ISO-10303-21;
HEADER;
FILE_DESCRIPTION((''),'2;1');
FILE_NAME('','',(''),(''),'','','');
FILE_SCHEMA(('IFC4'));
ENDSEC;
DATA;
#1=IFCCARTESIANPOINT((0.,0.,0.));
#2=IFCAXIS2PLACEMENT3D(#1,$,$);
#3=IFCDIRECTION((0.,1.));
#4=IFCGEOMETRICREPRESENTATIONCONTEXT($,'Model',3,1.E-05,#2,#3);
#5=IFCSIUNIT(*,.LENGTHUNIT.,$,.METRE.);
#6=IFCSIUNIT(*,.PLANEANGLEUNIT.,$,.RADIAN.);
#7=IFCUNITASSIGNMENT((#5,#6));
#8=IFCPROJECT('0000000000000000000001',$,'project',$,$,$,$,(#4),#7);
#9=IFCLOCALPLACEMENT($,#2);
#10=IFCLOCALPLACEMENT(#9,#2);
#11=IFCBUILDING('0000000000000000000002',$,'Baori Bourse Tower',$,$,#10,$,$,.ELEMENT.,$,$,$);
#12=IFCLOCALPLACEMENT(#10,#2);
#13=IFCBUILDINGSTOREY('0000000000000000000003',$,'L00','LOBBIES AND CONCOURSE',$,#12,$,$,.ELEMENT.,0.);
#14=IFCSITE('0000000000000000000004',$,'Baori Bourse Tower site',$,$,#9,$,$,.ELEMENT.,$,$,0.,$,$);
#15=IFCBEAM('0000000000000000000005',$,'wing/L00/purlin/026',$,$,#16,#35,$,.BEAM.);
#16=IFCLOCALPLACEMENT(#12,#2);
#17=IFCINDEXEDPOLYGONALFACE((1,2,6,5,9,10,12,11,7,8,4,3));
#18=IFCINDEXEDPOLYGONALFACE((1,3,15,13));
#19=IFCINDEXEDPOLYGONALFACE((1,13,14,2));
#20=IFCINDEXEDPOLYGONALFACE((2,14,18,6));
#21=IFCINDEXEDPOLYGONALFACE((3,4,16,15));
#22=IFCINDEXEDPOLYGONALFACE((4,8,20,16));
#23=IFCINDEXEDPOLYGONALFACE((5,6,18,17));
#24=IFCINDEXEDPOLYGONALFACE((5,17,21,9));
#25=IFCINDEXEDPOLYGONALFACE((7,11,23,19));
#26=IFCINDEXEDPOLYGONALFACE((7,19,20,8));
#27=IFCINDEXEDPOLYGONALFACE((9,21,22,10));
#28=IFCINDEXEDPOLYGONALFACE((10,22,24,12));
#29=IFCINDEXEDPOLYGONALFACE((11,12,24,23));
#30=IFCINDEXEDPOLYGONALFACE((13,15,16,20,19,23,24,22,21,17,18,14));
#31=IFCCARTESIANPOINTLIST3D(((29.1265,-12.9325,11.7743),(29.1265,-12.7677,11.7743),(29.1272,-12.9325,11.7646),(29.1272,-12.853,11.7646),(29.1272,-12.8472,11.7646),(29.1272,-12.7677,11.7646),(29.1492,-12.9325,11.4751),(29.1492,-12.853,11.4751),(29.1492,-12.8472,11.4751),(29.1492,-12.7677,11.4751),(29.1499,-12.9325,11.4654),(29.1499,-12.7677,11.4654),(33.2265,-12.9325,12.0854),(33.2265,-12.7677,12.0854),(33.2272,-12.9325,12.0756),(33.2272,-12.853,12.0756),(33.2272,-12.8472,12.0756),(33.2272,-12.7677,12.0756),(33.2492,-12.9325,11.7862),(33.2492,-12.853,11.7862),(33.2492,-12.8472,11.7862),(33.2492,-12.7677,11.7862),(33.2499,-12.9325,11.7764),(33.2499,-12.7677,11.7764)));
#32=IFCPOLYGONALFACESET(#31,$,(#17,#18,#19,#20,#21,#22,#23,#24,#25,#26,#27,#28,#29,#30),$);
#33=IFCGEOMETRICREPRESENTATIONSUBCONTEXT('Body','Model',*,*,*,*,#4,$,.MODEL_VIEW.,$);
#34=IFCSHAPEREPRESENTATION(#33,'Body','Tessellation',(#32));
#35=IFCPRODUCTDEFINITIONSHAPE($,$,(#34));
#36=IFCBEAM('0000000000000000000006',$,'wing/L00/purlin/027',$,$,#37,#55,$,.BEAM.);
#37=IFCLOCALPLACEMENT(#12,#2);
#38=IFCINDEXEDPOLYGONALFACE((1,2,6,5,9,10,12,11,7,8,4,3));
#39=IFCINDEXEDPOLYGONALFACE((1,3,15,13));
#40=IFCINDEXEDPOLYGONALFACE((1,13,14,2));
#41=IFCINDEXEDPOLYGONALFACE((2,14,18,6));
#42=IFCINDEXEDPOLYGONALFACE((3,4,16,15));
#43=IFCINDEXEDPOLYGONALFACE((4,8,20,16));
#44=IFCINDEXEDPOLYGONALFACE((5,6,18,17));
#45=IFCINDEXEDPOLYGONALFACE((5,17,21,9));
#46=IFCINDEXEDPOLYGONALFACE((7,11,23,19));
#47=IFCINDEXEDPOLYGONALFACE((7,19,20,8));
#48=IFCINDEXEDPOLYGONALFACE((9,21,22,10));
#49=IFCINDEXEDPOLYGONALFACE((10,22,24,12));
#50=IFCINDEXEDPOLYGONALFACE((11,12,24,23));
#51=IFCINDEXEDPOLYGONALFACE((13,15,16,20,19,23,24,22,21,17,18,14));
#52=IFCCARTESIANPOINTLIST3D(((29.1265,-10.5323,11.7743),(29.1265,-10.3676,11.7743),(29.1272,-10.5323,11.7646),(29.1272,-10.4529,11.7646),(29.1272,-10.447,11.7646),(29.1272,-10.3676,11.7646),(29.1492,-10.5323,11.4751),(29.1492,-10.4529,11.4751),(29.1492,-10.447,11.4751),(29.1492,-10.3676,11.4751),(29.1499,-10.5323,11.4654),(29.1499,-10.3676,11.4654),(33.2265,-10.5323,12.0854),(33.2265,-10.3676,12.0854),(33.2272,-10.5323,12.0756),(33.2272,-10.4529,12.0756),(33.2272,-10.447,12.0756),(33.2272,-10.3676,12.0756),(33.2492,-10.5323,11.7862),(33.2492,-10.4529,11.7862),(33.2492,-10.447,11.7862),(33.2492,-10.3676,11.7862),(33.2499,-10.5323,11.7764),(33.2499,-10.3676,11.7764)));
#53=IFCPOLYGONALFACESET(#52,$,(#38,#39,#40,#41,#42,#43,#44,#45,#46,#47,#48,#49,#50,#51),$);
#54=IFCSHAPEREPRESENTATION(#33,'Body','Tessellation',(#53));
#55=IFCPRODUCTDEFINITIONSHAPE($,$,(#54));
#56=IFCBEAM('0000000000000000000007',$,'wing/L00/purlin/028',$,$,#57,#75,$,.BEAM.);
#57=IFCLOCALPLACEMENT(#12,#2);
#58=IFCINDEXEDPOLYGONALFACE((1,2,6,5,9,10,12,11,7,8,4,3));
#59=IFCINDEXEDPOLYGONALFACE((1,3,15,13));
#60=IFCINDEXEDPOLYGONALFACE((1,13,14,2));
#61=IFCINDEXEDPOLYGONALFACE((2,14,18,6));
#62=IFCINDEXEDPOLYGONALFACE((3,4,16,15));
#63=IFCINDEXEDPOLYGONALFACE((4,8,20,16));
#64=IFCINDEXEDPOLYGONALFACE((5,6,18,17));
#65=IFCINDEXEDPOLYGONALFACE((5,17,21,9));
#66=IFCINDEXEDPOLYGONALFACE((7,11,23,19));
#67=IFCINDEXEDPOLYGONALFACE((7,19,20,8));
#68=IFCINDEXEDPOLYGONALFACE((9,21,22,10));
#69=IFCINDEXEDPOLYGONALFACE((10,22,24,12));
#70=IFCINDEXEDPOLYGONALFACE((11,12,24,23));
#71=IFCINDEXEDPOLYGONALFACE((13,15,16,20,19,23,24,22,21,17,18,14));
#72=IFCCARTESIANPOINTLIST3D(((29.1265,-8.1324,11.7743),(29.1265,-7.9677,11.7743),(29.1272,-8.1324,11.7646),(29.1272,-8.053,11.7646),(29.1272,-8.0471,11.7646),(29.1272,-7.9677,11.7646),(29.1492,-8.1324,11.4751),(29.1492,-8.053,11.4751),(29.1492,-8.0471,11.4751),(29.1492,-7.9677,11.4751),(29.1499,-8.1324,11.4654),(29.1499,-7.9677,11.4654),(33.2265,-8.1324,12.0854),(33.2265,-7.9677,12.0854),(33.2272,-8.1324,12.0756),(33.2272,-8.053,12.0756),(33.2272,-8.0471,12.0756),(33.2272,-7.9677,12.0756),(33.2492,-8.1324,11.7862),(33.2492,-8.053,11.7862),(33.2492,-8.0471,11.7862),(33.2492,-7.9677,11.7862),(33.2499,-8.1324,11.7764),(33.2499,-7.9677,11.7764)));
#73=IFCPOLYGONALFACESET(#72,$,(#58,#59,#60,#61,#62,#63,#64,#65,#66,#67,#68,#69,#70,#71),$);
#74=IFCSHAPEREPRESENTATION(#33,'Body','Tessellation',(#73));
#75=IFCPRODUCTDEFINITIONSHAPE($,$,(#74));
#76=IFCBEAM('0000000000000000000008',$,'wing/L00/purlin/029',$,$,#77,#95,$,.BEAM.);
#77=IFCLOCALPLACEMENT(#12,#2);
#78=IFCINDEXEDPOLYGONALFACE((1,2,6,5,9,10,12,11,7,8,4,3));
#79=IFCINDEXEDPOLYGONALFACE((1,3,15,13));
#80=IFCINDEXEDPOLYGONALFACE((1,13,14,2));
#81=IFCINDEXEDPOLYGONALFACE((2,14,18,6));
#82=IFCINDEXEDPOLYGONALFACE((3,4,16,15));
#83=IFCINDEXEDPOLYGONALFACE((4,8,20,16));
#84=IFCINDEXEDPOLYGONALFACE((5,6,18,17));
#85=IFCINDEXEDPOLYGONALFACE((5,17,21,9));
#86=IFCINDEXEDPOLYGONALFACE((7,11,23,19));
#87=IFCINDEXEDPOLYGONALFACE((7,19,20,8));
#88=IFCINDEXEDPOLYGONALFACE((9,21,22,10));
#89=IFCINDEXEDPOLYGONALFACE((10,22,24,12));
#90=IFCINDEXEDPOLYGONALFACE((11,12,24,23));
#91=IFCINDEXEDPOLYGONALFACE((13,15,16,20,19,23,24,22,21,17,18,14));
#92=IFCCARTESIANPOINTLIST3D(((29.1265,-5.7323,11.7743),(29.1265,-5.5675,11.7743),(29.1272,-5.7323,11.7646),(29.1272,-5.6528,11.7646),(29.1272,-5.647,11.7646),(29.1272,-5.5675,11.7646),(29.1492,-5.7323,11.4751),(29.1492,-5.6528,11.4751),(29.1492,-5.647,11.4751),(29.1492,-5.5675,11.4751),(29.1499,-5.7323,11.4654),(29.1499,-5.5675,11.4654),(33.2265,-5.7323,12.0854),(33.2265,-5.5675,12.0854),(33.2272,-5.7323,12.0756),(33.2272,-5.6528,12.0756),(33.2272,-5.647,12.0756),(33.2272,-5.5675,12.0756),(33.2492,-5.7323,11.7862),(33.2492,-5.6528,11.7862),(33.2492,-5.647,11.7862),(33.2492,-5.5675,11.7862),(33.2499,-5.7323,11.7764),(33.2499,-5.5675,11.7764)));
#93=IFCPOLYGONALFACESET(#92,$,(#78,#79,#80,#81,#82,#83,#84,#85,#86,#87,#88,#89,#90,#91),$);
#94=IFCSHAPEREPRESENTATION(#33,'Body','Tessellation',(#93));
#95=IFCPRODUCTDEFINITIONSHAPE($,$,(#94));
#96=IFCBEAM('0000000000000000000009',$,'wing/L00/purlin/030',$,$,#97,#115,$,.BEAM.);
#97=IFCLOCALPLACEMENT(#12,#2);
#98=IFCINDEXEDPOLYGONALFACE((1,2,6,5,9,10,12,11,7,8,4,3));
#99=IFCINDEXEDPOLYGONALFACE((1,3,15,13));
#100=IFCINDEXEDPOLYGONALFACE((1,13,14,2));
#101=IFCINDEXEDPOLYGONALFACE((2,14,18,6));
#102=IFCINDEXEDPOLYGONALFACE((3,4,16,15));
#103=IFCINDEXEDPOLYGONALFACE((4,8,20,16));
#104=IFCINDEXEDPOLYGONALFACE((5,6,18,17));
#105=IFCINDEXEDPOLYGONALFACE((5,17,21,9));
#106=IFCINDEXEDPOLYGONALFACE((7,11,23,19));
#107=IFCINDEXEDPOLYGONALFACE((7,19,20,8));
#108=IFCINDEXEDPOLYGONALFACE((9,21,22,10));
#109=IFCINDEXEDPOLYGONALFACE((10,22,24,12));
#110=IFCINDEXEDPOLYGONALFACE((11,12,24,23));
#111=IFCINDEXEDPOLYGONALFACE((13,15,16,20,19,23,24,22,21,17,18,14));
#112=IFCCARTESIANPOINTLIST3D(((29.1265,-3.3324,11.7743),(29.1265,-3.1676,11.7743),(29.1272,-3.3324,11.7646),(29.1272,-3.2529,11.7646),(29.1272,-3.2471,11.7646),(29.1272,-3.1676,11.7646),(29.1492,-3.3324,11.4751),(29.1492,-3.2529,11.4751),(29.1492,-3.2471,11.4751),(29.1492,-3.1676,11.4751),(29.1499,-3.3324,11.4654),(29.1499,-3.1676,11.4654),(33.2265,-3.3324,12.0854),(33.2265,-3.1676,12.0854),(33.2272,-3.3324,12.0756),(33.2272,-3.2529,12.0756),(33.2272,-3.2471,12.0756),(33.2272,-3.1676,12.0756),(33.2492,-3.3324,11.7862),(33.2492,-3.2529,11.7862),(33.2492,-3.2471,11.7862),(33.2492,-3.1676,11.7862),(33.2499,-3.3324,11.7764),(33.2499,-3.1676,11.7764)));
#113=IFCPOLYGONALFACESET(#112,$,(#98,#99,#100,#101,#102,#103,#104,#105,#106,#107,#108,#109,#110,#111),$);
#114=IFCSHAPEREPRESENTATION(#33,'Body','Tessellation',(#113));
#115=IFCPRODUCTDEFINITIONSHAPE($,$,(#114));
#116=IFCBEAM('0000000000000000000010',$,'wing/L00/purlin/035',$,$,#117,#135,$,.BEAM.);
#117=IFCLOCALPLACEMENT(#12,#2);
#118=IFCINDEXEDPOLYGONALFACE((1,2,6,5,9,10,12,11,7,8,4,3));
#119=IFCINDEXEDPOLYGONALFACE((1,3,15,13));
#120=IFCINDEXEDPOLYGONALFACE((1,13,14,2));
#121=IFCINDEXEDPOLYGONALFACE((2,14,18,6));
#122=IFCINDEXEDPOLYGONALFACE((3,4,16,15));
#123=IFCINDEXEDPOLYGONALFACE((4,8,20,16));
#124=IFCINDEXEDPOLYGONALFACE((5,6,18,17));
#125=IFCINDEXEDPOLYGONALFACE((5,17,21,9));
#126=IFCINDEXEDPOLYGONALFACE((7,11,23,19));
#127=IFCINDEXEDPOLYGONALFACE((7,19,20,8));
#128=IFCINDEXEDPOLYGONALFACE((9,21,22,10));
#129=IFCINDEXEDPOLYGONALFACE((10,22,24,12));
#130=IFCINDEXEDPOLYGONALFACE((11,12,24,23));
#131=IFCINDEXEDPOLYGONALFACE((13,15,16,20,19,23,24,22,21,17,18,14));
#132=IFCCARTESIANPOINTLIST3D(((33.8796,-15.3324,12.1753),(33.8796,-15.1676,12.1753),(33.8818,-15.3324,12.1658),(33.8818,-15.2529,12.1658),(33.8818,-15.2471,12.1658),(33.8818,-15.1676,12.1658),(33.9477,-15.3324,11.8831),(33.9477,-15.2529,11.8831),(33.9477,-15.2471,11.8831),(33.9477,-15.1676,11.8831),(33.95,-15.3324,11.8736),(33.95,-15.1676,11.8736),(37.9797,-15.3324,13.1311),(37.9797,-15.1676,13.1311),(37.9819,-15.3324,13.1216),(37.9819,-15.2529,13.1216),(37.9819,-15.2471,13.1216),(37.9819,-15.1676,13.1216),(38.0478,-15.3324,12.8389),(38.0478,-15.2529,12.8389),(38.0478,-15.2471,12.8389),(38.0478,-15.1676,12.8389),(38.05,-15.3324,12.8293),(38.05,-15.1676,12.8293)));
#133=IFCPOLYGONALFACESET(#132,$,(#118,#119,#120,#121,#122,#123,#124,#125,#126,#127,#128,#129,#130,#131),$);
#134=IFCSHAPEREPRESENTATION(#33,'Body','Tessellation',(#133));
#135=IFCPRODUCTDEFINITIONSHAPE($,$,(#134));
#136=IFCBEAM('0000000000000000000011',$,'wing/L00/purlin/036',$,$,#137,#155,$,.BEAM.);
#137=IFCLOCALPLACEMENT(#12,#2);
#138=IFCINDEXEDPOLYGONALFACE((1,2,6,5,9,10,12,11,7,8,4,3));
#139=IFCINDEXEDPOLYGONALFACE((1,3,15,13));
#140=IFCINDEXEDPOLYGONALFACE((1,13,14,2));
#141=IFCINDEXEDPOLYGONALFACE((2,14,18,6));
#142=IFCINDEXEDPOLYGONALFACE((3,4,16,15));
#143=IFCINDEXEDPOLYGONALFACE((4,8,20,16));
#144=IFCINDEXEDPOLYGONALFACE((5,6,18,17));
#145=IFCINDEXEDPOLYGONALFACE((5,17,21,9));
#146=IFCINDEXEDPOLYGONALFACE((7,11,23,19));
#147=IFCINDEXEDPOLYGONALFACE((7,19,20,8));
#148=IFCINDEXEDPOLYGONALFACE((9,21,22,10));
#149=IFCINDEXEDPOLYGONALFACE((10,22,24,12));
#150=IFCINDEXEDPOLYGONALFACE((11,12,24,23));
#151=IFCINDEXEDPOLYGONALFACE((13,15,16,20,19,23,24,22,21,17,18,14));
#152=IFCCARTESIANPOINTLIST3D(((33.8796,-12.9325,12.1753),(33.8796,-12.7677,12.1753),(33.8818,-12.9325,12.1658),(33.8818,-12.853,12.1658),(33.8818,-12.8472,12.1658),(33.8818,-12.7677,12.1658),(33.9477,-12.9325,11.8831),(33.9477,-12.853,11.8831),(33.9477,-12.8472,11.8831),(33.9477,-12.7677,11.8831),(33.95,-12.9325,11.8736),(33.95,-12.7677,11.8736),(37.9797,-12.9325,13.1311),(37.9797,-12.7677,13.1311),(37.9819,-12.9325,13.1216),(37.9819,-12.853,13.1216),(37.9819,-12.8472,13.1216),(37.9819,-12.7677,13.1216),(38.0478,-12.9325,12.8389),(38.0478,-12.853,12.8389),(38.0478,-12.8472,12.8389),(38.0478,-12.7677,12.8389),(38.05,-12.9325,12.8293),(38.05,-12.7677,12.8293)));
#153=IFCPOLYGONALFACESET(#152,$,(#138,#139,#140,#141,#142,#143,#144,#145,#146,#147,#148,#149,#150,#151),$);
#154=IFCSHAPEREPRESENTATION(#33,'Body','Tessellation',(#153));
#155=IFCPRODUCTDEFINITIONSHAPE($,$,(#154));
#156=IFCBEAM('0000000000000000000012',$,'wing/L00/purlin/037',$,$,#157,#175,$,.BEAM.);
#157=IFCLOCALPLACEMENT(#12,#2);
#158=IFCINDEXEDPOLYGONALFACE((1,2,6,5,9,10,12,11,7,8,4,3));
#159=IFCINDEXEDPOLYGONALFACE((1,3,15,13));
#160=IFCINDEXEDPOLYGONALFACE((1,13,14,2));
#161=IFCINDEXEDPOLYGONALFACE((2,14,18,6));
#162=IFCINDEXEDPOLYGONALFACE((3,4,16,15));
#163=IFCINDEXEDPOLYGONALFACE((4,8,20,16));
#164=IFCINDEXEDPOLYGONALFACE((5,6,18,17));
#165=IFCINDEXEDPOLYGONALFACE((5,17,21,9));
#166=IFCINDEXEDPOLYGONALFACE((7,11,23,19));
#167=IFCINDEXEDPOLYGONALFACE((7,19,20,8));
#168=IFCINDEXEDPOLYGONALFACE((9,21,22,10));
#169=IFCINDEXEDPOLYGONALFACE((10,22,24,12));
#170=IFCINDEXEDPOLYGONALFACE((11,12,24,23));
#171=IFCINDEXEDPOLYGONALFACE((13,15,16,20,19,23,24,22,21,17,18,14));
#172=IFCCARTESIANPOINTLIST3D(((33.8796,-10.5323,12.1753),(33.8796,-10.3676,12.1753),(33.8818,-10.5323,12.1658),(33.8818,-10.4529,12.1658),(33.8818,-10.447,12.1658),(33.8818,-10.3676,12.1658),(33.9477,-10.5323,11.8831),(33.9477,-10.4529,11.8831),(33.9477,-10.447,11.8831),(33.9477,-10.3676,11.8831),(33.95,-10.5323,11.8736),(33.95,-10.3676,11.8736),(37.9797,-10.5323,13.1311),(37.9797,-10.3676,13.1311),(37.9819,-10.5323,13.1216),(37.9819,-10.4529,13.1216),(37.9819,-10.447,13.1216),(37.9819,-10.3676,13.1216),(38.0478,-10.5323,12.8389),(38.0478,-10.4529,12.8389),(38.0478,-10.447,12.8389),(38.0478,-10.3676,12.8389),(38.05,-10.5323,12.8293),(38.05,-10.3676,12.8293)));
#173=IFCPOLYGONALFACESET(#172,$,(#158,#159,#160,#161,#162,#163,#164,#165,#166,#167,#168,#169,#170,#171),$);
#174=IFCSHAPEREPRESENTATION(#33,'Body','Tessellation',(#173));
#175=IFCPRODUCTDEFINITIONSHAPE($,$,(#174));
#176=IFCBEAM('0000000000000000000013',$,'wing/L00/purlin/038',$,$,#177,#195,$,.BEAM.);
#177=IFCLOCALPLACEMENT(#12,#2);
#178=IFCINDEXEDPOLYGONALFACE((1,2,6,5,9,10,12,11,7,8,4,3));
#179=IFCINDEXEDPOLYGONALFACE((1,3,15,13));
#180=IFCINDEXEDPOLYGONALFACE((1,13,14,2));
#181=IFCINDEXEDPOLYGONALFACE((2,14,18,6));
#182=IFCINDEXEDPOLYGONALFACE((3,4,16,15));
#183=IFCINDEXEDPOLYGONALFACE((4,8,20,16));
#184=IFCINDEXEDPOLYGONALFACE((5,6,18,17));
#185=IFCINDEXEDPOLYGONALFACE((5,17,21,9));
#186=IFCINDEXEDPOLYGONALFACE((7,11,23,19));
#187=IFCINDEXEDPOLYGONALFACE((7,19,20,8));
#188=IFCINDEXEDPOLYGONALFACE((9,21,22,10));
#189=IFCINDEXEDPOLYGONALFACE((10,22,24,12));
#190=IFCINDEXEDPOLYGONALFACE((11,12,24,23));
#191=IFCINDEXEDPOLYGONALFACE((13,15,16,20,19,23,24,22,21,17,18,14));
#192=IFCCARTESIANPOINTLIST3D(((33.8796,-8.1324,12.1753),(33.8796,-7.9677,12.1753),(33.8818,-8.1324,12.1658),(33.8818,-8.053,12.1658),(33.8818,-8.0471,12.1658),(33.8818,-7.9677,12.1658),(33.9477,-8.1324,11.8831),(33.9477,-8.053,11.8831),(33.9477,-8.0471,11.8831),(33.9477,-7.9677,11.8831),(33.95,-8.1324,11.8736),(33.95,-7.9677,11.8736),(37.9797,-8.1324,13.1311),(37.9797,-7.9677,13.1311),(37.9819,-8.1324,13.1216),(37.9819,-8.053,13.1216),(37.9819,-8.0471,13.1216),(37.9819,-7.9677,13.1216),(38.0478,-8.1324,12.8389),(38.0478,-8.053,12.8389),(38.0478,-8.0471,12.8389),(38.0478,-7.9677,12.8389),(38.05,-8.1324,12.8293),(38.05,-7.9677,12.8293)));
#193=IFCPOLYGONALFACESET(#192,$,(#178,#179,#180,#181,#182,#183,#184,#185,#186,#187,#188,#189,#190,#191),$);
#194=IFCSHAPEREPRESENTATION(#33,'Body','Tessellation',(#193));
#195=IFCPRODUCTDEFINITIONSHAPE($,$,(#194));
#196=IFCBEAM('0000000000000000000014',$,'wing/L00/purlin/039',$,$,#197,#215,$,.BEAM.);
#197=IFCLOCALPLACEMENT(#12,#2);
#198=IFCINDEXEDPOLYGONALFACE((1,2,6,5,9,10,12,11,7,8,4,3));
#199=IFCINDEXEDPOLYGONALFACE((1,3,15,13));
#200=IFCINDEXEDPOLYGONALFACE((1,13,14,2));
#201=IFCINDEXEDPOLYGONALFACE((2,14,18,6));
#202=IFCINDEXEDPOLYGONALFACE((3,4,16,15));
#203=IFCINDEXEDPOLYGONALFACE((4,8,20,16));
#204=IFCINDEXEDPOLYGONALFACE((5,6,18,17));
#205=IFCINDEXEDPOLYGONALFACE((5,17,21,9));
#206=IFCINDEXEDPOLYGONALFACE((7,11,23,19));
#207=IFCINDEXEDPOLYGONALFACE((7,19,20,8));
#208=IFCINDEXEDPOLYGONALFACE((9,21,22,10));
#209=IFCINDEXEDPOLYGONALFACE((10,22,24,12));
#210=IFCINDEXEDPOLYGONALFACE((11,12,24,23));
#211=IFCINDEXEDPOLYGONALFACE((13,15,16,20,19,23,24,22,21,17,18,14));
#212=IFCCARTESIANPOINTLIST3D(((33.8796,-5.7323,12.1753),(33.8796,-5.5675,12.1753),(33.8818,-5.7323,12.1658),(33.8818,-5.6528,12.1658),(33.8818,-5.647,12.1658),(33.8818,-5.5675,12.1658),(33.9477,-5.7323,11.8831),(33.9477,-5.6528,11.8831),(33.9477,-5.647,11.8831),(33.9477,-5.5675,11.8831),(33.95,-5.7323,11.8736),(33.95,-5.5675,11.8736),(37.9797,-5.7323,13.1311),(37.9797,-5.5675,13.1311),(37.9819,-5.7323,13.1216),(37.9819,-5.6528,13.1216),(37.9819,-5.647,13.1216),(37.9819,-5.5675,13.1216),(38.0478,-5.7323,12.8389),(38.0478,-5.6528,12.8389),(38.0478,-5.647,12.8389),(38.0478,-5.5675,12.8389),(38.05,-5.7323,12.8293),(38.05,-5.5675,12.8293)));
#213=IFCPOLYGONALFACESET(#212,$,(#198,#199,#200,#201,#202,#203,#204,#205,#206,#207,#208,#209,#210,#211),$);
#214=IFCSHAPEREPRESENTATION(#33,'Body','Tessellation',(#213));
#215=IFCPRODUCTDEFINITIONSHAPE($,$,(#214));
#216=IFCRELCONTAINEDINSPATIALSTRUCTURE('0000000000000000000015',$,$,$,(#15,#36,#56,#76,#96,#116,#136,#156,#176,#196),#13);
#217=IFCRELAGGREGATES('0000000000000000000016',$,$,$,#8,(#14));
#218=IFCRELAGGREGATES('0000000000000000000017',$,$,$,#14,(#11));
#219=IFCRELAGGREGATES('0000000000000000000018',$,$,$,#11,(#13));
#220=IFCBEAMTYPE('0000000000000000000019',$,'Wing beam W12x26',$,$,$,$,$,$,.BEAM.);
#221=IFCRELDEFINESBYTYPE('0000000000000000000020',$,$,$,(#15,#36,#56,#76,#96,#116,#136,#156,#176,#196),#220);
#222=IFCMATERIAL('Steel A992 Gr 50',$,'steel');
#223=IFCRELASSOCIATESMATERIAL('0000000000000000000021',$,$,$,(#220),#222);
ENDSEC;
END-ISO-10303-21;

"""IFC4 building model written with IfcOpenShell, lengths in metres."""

from ifc_helpers import new_model, si_unit, direction, frame, origin, origin_2d, place, context, subcontext, project, spatial, i_section, extrude, material, material_profile, profile_set, type_object, element, save


model = new_model("IFC4")

# Units and contexts
model_context = context("Model", 3, precision=1e-05, world=origin(), true_north=direction((0.0, 1.0)))
body_context = subcontext(model_context, "Body", "Model", "MODEL_VIEW")
ifc_project = project(units=[si_unit("LENGTHUNIT", "METRE"), si_unit("PLANEANGLEUNIT", "RADIAN")], contexts=[model_context])

# Site, building, storey
site_placement = place(None, origin())
site = spatial("IfcSite", under=ifc_project, at=site_placement, Name="Baori Bourse Tower site", CompositionType="ELEMENT", RefElevation=0.0)
building_placement = place(site_placement, origin())
building = spatial("IfcBuilding", under=site, at=building_placement, Name="Baori Bourse Tower", CompositionType="ELEMENT")
storey_placement = place(building_placement, origin())
storey = spatial("IfcBuildingStorey", under=building, at=storey_placement, Name="L00", Description="LOBBIES AND CONCOURSE", CompositionType="ELEMENT", Elevation=0.0)

# Beams
ifc_material_1 = material(Name="Steel A992 Gr 50", Category="steel")
ifc_material_profile_1 = material_profile(ifc_material_1, i_section(OverallWidth=0.1648, OverallDepth=0.3098, WebThickness=0.0059, FlangeThickness=0.0098, at=origin_2d()), Name="W12x26")
ifc_profile_set_1 = profile_set([ifc_material_profile_1], Name="Steel A992 Gr 50")
beam_type = type_object("IfcBeamType", Name="Wing beam W12x26", PredefinedType="BEAM", material=ifc_profile_set_1)
for number, where, z_axis, x_axis, name in (
    (1, (29.1382, -12.8501, 11.6199), (0.997135, 0.0, 0.075643), (0.0, 1.0, 0.0), "wing/L00/purlin/026"),
    (2, (29.1382, -10.45, 11.6199), (0.997135, 0.0, 0.075643), (0.0, 1.0, 0.0), "wing/L00/purlin/027"),
    (3, (29.1382, -8.05, 11.6199), (0.997135, 0.0, 0.075643), (0.0, 1.0, 0.0), "wing/L00/purlin/028"),
    (4, (29.1382, -5.6499, 11.6199), (0.997135, 0.0, 0.075643), (0.0, 1.0, 0.0), "wing/L00/purlin/029"),
    (5, (29.1382, -3.25, 11.6199), (0.997135, 0.0, 0.075643), (0.0, 1.0, 0.0), "wing/L00/purlin/030"),
):
    element("IfcBeam", number, at=place(storey_placement, frame(where, z_axis=z_axis, x_axis=x_axis)), inside=storey, type_object=beam_type, Name=name, PredefinedType="BEAM", context=body_context, shape_type="SweptSolid", body=[
        extrude(i_section(OverallWidth=0.1648, OverallDepth=0.3098, WebThickness=0.0059, FlangeThickness=0.0098, at=origin_2d()), origin(), (0.0, 0.0, 1.0), 4.1118),
    ])
for number, where, z_axis, x_axis, name in (
    (6, (33.9148, -15.25, 12.0244), (0.973887, 0.0, 0.227032), (0.0, 1.0, 0.0), "wing/L00/purlin/035"),
    (7, (33.9148, -12.8501, 12.0244), (0.973887, 0.0, 0.227032), (0.0, 1.0, 0.0), "wing/L00/purlin/036"),
    (8, (33.9148, -10.45, 12.0244), (0.973887, 0.0, 0.227032), (0.0, 1.0, 0.0), "wing/L00/purlin/037"),
    (9, (33.9148, -8.05, 12.0244), (0.973887, 0.0, 0.227032), (0.0, 1.0, 0.0), "wing/L00/purlin/038"),
    (10, (33.9148, -5.6499, 12.0244), (0.973887, 0.0, 0.227032), (0.0, 1.0, 0.0), "wing/L00/purlin/039"),
):
    element("IfcBeam", number, at=place(storey_placement, frame(where, z_axis=z_axis, x_axis=x_axis)), inside=storey, type_object=beam_type, Name=name, PredefinedType="BEAM", context=body_context, shape_type="SweptSolid", body=[
        extrude(i_section(OverallWidth=0.1648, OverallDepth=0.3098, WebThickness=0.0059, FlangeThickness=0.0098, at=origin_2d()), origin(), (0.0, 0.0, 1.0), 4.21),
    ])

save(model, "model.ifc")
